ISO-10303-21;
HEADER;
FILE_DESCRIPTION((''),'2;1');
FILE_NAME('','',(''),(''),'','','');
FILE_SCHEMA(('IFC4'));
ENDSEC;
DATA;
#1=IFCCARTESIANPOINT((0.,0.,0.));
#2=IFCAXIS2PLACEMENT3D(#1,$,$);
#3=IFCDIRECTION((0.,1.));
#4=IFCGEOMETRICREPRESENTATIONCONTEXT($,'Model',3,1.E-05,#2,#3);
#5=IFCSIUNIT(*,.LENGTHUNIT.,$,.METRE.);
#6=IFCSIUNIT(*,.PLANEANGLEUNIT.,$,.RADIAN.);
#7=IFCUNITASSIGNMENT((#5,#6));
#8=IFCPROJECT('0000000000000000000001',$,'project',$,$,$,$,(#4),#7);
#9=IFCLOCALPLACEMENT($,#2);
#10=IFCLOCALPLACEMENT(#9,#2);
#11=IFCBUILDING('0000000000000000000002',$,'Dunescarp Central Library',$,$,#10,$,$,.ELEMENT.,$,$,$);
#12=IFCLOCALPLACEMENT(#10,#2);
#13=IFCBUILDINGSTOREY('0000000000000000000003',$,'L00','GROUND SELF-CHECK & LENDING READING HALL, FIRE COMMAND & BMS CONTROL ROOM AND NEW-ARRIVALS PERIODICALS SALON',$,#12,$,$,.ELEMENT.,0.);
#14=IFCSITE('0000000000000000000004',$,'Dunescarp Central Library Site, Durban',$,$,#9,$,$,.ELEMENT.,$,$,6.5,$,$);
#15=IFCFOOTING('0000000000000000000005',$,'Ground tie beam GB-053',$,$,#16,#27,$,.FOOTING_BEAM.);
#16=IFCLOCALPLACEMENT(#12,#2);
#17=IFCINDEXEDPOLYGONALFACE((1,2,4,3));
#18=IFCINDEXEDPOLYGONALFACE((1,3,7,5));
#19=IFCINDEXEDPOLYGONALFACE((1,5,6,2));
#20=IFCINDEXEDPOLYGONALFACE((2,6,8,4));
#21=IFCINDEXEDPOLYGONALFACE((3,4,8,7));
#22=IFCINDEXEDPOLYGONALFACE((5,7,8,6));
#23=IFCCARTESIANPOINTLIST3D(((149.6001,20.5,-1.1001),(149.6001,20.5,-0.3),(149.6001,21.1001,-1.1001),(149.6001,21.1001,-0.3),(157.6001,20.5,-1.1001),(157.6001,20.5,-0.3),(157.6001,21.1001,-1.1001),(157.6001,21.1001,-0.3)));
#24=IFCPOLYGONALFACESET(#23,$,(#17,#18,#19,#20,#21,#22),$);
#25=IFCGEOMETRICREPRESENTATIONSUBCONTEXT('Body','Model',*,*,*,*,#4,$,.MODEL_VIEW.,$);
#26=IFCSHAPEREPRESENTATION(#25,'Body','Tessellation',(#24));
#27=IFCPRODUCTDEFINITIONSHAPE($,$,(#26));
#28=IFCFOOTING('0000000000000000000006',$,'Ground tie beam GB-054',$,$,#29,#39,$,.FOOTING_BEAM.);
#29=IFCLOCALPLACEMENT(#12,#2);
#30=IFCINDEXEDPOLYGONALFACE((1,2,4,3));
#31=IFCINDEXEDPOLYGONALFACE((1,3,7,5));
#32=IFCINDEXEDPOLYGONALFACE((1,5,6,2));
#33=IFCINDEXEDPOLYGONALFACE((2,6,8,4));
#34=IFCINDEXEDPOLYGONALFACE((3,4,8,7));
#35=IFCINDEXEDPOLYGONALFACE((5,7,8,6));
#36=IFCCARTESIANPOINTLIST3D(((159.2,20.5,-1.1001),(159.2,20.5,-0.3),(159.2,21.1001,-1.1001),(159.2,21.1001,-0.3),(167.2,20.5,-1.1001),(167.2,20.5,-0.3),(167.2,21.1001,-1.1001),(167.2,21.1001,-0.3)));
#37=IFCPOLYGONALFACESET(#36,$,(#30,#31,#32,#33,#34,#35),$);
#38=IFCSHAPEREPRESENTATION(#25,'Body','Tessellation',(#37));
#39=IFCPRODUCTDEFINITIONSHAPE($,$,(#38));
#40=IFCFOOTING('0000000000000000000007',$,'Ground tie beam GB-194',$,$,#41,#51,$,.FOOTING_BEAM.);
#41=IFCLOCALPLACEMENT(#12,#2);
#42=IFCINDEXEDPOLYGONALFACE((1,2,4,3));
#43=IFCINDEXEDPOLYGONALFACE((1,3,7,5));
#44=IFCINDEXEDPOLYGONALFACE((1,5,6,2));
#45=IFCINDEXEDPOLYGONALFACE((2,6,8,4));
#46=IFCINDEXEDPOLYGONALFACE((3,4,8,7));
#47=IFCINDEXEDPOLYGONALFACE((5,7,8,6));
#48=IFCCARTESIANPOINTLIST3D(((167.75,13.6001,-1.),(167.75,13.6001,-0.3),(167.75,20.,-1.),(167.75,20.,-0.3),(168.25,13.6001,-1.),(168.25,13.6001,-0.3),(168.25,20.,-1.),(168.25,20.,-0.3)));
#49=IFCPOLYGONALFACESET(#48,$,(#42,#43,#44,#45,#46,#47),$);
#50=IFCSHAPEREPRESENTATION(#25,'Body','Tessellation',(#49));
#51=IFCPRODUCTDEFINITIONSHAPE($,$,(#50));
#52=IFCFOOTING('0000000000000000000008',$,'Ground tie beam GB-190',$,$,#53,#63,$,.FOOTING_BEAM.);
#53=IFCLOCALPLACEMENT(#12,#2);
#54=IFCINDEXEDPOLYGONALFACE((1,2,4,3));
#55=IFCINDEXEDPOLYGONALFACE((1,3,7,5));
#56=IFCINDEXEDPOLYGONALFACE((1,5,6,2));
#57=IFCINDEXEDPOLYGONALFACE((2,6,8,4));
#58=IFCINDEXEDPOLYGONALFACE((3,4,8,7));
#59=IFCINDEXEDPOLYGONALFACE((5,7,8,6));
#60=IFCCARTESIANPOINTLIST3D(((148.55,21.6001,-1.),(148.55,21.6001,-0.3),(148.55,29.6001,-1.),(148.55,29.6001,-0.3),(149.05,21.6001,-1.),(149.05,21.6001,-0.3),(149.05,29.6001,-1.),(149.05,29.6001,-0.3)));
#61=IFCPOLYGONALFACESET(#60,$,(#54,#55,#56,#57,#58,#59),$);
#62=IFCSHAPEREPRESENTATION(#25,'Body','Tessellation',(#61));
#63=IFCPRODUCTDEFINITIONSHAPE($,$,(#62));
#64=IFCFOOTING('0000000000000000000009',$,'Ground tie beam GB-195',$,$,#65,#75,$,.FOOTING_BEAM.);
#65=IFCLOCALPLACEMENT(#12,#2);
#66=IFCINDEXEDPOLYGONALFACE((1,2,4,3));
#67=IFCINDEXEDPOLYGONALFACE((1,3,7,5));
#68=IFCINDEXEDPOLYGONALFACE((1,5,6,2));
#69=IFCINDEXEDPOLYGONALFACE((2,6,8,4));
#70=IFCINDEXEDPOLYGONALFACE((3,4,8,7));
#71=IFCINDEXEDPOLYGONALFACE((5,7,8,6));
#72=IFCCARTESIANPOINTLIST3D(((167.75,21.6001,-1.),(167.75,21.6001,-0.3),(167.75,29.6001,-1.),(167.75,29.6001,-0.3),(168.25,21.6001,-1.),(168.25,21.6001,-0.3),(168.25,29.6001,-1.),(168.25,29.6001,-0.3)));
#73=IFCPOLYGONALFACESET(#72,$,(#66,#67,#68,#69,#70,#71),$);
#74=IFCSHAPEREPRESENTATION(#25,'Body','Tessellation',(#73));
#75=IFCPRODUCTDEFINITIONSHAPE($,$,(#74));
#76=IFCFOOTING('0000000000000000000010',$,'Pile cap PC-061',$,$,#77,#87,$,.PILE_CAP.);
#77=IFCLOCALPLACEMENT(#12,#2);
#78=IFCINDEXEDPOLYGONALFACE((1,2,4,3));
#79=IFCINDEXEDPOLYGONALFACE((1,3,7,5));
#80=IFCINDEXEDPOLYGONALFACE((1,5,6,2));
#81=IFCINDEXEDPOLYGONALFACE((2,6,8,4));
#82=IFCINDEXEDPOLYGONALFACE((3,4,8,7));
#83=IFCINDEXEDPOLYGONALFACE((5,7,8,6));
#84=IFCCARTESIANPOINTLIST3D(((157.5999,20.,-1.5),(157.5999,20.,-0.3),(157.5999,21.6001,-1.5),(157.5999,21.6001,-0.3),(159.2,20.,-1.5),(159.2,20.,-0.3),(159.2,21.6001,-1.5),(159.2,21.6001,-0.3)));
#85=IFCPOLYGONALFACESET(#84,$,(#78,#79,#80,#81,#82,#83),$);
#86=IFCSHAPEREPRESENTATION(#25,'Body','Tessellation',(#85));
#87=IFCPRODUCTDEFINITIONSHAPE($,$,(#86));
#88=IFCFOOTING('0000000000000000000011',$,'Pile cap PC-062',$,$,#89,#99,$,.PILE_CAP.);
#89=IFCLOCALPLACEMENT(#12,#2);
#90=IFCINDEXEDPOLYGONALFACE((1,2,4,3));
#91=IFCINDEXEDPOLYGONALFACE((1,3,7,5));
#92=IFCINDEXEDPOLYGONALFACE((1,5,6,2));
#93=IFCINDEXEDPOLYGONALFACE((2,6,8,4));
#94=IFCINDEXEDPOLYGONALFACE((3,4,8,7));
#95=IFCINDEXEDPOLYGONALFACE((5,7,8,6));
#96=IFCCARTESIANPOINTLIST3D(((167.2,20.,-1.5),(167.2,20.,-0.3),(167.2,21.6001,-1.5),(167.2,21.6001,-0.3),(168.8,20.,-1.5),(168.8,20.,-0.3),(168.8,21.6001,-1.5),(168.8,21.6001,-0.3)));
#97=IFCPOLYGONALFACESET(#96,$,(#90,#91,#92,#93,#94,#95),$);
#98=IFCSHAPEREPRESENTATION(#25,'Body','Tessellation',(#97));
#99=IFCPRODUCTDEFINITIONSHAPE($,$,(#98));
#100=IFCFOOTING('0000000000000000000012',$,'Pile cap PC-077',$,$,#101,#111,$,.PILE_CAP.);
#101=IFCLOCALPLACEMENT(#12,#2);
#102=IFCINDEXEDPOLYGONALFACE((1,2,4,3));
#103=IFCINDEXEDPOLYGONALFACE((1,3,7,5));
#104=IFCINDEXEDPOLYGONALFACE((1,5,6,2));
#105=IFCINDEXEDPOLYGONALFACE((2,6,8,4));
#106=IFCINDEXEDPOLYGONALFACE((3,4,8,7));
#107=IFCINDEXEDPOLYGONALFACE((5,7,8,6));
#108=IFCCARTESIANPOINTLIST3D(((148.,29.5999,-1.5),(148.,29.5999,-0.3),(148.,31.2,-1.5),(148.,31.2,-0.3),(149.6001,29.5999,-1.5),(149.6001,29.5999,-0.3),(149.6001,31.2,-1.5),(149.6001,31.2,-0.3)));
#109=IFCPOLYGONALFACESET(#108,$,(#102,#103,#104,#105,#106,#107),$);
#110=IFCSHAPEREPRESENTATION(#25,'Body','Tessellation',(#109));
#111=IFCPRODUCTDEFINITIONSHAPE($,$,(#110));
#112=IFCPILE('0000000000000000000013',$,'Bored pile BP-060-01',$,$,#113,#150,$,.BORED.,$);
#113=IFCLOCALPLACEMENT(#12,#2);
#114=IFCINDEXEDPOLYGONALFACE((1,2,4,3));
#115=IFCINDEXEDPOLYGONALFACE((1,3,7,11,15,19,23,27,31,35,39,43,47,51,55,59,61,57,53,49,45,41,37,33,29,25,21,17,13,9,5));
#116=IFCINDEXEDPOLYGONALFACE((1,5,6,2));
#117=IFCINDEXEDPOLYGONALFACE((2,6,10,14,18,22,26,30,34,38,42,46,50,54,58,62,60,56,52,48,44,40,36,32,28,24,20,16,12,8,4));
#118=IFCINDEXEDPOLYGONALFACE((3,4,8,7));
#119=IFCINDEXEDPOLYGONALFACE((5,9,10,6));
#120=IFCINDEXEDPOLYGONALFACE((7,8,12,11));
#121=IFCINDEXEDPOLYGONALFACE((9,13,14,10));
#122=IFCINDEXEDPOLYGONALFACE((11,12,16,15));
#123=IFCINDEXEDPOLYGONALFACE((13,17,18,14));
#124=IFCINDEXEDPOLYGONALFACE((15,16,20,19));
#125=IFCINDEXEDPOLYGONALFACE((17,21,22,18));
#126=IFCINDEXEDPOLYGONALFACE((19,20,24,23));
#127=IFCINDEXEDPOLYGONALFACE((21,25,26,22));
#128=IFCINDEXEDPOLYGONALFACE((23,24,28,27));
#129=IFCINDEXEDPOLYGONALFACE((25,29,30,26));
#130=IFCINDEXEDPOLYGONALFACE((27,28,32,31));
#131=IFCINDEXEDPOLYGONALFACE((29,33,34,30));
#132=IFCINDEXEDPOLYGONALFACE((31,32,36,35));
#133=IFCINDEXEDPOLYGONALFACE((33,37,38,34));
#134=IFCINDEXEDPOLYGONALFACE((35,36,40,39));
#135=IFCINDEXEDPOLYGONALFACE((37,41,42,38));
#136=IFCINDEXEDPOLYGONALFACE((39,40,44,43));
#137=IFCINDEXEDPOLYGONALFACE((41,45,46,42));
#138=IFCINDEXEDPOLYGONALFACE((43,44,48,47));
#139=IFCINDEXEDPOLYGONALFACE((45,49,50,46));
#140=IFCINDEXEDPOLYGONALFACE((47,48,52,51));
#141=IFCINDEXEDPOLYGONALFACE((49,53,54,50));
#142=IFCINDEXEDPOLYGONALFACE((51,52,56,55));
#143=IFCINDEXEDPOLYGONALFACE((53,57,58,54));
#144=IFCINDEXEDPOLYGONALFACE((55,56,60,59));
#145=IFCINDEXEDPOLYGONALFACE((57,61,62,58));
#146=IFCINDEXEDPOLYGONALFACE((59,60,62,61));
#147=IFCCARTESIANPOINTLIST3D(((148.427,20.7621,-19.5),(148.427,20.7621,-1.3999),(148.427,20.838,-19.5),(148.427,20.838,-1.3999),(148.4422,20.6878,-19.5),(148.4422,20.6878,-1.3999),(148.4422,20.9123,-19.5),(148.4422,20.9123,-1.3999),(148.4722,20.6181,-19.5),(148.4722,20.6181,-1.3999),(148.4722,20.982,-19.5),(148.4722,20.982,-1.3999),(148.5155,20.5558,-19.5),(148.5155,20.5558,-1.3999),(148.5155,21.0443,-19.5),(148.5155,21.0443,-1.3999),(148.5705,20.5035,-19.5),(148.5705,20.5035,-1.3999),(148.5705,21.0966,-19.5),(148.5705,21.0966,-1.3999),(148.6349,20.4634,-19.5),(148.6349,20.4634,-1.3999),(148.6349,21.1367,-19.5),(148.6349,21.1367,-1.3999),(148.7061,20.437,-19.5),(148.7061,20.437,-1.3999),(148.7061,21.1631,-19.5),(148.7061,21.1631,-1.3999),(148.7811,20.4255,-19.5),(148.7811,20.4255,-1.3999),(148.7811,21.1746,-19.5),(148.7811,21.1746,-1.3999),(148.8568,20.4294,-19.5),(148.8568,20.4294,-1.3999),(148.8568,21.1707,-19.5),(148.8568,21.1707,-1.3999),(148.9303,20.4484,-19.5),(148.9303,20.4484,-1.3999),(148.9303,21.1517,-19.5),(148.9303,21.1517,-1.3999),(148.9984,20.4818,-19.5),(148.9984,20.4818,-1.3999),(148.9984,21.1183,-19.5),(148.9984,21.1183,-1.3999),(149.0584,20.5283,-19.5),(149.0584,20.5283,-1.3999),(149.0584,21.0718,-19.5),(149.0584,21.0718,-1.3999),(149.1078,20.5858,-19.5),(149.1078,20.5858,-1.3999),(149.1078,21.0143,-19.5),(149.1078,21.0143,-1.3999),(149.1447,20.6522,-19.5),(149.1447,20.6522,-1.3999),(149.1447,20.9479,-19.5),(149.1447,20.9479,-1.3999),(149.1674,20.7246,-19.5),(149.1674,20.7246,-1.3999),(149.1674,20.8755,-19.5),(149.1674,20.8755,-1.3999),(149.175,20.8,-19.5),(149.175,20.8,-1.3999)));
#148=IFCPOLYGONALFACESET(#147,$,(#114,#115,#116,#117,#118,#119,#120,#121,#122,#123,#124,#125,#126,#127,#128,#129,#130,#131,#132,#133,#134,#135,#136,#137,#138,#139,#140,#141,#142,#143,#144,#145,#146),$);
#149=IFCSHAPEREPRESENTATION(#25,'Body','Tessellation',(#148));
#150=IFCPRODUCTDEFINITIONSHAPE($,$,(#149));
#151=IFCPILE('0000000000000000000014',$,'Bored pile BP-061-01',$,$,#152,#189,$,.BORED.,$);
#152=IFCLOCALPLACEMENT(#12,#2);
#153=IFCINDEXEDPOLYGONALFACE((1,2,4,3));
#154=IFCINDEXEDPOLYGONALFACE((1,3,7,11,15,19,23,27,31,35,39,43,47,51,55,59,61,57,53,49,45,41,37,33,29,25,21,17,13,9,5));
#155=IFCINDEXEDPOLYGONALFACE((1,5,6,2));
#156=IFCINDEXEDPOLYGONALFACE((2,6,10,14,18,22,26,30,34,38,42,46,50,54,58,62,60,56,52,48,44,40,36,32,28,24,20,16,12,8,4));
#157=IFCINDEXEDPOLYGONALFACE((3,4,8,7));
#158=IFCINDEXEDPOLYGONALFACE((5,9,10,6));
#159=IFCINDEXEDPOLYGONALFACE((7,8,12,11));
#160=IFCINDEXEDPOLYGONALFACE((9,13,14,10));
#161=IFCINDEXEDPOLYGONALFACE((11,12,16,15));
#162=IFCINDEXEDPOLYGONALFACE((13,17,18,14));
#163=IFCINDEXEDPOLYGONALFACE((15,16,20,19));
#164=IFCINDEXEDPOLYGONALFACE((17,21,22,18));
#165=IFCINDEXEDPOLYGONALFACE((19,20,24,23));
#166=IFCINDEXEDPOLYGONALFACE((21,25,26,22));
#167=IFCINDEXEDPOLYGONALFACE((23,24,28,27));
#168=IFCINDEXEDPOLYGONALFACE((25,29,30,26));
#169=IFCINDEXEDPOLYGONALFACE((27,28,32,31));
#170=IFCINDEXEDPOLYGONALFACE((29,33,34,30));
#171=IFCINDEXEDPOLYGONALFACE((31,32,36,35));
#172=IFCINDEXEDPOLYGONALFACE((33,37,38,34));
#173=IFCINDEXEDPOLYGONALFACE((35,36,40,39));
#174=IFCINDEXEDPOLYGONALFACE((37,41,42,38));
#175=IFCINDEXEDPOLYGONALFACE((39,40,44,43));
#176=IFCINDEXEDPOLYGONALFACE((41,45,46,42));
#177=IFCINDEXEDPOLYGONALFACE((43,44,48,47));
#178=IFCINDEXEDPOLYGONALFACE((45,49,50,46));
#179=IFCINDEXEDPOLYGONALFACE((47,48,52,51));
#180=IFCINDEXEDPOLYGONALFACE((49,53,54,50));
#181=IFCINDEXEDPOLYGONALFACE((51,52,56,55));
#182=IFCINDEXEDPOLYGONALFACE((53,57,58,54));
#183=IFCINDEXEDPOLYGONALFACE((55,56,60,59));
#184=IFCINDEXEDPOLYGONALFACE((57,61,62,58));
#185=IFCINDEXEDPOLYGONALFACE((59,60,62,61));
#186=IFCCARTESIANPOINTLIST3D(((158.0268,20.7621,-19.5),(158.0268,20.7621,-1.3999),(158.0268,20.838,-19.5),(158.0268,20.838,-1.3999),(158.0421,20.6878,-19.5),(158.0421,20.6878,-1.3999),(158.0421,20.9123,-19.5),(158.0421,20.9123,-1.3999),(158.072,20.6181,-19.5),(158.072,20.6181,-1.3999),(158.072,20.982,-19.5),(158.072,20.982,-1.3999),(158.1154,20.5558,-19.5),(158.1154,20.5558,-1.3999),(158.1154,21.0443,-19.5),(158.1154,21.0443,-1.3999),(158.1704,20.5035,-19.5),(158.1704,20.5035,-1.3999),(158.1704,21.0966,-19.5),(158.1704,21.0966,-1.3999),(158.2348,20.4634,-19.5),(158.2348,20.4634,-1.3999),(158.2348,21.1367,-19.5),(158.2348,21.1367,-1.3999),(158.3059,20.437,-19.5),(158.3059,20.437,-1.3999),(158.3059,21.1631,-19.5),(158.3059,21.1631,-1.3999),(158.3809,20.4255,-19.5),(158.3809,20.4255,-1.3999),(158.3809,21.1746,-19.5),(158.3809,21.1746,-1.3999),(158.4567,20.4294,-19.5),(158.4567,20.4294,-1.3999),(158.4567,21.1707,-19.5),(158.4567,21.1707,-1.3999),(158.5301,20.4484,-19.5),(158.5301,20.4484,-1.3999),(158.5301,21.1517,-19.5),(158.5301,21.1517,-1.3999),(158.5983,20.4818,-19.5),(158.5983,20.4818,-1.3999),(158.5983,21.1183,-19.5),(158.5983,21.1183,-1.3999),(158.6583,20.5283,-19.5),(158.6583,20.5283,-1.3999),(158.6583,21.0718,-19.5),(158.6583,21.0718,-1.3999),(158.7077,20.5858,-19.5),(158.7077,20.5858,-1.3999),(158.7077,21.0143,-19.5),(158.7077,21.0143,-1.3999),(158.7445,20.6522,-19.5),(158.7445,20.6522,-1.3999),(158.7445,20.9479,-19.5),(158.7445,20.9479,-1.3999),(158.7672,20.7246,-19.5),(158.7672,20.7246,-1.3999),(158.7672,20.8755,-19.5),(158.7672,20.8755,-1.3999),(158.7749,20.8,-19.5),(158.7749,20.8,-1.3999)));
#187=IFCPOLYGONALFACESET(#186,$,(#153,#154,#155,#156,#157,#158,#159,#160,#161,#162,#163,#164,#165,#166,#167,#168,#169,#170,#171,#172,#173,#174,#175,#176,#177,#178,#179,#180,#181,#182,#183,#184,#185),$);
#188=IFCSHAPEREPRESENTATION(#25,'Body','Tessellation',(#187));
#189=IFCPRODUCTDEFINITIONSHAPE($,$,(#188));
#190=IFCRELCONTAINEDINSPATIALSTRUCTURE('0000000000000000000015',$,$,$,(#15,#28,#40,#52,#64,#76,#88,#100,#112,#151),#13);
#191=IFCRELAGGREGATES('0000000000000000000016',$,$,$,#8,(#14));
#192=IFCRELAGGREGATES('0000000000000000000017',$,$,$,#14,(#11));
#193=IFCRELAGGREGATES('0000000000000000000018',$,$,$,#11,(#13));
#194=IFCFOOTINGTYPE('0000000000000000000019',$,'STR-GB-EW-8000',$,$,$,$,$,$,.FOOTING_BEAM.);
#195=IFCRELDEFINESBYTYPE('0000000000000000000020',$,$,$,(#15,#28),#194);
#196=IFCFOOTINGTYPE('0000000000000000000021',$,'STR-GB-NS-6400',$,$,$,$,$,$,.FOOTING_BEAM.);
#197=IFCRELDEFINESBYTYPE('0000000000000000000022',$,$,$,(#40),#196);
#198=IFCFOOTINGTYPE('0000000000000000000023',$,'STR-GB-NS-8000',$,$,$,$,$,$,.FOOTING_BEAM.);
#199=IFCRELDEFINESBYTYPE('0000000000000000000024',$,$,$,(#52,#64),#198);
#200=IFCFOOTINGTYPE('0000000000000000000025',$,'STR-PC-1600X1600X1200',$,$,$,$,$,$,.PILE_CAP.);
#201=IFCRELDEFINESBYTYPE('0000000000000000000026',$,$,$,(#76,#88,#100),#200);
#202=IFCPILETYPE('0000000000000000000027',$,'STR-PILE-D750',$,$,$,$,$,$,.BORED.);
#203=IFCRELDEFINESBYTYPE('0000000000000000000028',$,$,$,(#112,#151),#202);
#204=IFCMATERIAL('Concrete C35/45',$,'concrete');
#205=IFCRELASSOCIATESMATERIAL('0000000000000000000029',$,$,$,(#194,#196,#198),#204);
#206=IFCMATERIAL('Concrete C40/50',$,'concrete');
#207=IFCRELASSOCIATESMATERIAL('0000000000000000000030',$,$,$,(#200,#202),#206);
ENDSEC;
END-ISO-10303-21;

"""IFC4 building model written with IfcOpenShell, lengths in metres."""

from ifc_helpers import new_model, si_unit, direction, frame, origin, origin_2d, place, context, subcontext, project, spatial, rectangle, circle, extrude, material, material_profile, profile_set, type_object, element, save


model = new_model("IFC4")

# Units and contexts
model_context = context("Model", 3, precision=1e-05, world=origin(), true_north=direction((0.0, 1.0)))
body_context = subcontext(model_context, "Body", "Model", "MODEL_VIEW")
ifc_project = project(units=[si_unit("LENGTHUNIT", "METRE"), si_unit("PLANEANGLEUNIT", "RADIAN")], contexts=[model_context])

# Site, building, storey
site_placement = place(None, origin())
site = spatial("IfcSite", under=ifc_project, at=site_placement, Name="Dunescarp Central Library Site, Durban", CompositionType="ELEMENT", RefElevation=6.5)
building_placement = place(site_placement, origin())
building = spatial("IfcBuilding", under=site, at=building_placement, Name="Dunescarp Central Library", CompositionType="ELEMENT")
storey_placement = place(building_placement, origin())
storey = spatial("IfcBuildingStorey", under=building, at=storey_placement, Name="L00", Description="GROUND SELF-CHECK & LENDING READING HALL, FIRE COMMAND & BMS CONTROL ROOM AND NEW-ARRIVALS PERIODICALS SALON", CompositionType="ELEMENT", Elevation=0.0)

# Footings
ifc_material_1 = material(Name="Concrete C35/45", Category="concrete")
footing_type_1 = type_object("IfcFootingType", Name="STR-GB-EW-8000", PredefinedType="FOOTING_BEAM", material=ifc_material_1)
for number, where, z_axis, x_axis, name in (
    (1, (153.6001, 20.8, -1.1001), (0.0, 0.0, 1.0), (1.0, 0.0, 0.0), "Ground tie beam GB-053"),
    (2, (163.2, 20.8, -1.1001), (0.0, 0.0, 1.0), (1.0, 0.0, 0.0), "Ground tie beam GB-054"),
):
    element("IfcFooting", number, at=place(storey_placement, frame(where, z_axis=z_axis, x_axis=x_axis)), inside=storey, type_object=footing_type_1, Name=name, PredefinedType="FOOTING_BEAM", context=body_context, shape_type="SweptSolid", body=[
        extrude(rectangle(XDim=8.0, YDim=0.6001, at=origin_2d()), origin(), (0.0, 0.0, 1.0), 0.8),
    ])
footing_type_2 = type_object("IfcFootingType", Name="STR-GB-NS-6400", PredefinedType="FOOTING_BEAM", material=ifc_material_1)
footing_placement = place(storey_placement, frame((168.0, 16.8, -1.0), z_axis=(0.0, 0.0, 1.0), x_axis=(0.0, 1.0, 0.0)))
element("IfcFooting", 3, at=footing_placement, inside=storey, type_object=footing_type_2, Name="Ground tie beam GB-194", PredefinedType="FOOTING_BEAM", context=body_context, shape_type="SweptSolid", body=[
    extrude(rectangle(XDim=6.3999, YDim=0.5, at=origin_2d()), origin(), (0.0, 0.0, 1.0), 0.7),
])
footing_type_3 = type_object("IfcFootingType", Name="STR-GB-NS-8000", PredefinedType="FOOTING_BEAM", material=ifc_material_1)
for number, where, z_axis, x_axis, name in (
    (4, (148.8, 25.6001, -1.0), (0.0, 0.0, 1.0), (0.0, 1.0, 0.0), "Ground tie beam GB-190"),
    (5, (168.0, 25.6001, -1.0), (0.0, 0.0, 1.0), (0.0, 1.0, 0.0), "Ground tie beam GB-195"),
):
    element("IfcFooting", number, at=place(storey_placement, frame(where, z_axis=z_axis, x_axis=x_axis)), inside=storey, type_object=footing_type_3, Name=name, PredefinedType="FOOTING_BEAM", context=body_context, shape_type="SweptSolid", body=[
        extrude(rectangle(XDim=8.0, YDim=0.5, at=origin_2d()), origin(), (0.0, 0.0, 1.0), 0.7),
    ])
ifc_material_2 = material(Name="Concrete C40/50", Category="concrete")
footing_type_4 = type_object("IfcFootingType", Name="STR-PC-1600X1600X1200", PredefinedType="PILE_CAP", material=ifc_material_2)
for number, where, z_axis, x_axis, name in (
    (6, (158.3999, 20.8, -1.5), (0.0, 0.0, 1.0), (1.0, 0.0, 0.0), "Pile cap PC-061"),
    (7, (168.0, 20.8, -1.5), (0.0, 0.0, 1.0), (1.0, 0.0, 0.0), "Pile cap PC-062"),
    (8, (148.8, 30.3999, -1.5), (0.0, 0.0, 1.0), (1.0, 0.0, 0.0), "Pile cap PC-077"),
):
    element("IfcFooting", number, at=place(storey_placement, frame(where, z_axis=z_axis, x_axis=x_axis)), inside=storey, type_object=footing_type_4, Name=name, PredefinedType="PILE_CAP", context=body_context, shape_type="SweptSolid", body=[
        extrude(rectangle(XDim=1.6001, YDim=1.6001, at=origin_2d()), origin(), (0.0, 0.0, 1.0), 1.2),
    ])

# Piles
ifc_material_profile_1 = material_profile(ifc_material_2, circle(Radius=0.375, at=origin_2d()), Name="PILE D750")
ifc_profile_set_1 = profile_set([ifc_material_profile_1], Name="Concrete C40/50")
pile_type = type_object("IfcPileType", Name="STR-PILE-D750", PredefinedType="BORED", material=ifc_profile_set_1)
for number, where, z_axis, x_axis, name in (
    (9, (148.8, 20.8, -1.3999), (0.0, 0.0, -1.0), (1.0, 0.0, 0.0), "Bored pile BP-060-01"),
    (10, (158.3999, 20.8, -1.3999), (0.0, 0.0, -1.0), (1.0, 0.0, 0.0), "Bored pile BP-061-01"),
):
    element("IfcPile", number, at=place(storey_placement, frame(where, z_axis=z_axis, x_axis=x_axis)), inside=storey, type_object=pile_type, Name=name, PredefinedType="BORED", context=body_context, shape_type="SweptSolid", body=[
        extrude(circle(Radius=0.375, at=origin_2d()), origin(), (0.0, 0.0, 1.0), 18.1001),
    ])

save(model, "model.ifc")
